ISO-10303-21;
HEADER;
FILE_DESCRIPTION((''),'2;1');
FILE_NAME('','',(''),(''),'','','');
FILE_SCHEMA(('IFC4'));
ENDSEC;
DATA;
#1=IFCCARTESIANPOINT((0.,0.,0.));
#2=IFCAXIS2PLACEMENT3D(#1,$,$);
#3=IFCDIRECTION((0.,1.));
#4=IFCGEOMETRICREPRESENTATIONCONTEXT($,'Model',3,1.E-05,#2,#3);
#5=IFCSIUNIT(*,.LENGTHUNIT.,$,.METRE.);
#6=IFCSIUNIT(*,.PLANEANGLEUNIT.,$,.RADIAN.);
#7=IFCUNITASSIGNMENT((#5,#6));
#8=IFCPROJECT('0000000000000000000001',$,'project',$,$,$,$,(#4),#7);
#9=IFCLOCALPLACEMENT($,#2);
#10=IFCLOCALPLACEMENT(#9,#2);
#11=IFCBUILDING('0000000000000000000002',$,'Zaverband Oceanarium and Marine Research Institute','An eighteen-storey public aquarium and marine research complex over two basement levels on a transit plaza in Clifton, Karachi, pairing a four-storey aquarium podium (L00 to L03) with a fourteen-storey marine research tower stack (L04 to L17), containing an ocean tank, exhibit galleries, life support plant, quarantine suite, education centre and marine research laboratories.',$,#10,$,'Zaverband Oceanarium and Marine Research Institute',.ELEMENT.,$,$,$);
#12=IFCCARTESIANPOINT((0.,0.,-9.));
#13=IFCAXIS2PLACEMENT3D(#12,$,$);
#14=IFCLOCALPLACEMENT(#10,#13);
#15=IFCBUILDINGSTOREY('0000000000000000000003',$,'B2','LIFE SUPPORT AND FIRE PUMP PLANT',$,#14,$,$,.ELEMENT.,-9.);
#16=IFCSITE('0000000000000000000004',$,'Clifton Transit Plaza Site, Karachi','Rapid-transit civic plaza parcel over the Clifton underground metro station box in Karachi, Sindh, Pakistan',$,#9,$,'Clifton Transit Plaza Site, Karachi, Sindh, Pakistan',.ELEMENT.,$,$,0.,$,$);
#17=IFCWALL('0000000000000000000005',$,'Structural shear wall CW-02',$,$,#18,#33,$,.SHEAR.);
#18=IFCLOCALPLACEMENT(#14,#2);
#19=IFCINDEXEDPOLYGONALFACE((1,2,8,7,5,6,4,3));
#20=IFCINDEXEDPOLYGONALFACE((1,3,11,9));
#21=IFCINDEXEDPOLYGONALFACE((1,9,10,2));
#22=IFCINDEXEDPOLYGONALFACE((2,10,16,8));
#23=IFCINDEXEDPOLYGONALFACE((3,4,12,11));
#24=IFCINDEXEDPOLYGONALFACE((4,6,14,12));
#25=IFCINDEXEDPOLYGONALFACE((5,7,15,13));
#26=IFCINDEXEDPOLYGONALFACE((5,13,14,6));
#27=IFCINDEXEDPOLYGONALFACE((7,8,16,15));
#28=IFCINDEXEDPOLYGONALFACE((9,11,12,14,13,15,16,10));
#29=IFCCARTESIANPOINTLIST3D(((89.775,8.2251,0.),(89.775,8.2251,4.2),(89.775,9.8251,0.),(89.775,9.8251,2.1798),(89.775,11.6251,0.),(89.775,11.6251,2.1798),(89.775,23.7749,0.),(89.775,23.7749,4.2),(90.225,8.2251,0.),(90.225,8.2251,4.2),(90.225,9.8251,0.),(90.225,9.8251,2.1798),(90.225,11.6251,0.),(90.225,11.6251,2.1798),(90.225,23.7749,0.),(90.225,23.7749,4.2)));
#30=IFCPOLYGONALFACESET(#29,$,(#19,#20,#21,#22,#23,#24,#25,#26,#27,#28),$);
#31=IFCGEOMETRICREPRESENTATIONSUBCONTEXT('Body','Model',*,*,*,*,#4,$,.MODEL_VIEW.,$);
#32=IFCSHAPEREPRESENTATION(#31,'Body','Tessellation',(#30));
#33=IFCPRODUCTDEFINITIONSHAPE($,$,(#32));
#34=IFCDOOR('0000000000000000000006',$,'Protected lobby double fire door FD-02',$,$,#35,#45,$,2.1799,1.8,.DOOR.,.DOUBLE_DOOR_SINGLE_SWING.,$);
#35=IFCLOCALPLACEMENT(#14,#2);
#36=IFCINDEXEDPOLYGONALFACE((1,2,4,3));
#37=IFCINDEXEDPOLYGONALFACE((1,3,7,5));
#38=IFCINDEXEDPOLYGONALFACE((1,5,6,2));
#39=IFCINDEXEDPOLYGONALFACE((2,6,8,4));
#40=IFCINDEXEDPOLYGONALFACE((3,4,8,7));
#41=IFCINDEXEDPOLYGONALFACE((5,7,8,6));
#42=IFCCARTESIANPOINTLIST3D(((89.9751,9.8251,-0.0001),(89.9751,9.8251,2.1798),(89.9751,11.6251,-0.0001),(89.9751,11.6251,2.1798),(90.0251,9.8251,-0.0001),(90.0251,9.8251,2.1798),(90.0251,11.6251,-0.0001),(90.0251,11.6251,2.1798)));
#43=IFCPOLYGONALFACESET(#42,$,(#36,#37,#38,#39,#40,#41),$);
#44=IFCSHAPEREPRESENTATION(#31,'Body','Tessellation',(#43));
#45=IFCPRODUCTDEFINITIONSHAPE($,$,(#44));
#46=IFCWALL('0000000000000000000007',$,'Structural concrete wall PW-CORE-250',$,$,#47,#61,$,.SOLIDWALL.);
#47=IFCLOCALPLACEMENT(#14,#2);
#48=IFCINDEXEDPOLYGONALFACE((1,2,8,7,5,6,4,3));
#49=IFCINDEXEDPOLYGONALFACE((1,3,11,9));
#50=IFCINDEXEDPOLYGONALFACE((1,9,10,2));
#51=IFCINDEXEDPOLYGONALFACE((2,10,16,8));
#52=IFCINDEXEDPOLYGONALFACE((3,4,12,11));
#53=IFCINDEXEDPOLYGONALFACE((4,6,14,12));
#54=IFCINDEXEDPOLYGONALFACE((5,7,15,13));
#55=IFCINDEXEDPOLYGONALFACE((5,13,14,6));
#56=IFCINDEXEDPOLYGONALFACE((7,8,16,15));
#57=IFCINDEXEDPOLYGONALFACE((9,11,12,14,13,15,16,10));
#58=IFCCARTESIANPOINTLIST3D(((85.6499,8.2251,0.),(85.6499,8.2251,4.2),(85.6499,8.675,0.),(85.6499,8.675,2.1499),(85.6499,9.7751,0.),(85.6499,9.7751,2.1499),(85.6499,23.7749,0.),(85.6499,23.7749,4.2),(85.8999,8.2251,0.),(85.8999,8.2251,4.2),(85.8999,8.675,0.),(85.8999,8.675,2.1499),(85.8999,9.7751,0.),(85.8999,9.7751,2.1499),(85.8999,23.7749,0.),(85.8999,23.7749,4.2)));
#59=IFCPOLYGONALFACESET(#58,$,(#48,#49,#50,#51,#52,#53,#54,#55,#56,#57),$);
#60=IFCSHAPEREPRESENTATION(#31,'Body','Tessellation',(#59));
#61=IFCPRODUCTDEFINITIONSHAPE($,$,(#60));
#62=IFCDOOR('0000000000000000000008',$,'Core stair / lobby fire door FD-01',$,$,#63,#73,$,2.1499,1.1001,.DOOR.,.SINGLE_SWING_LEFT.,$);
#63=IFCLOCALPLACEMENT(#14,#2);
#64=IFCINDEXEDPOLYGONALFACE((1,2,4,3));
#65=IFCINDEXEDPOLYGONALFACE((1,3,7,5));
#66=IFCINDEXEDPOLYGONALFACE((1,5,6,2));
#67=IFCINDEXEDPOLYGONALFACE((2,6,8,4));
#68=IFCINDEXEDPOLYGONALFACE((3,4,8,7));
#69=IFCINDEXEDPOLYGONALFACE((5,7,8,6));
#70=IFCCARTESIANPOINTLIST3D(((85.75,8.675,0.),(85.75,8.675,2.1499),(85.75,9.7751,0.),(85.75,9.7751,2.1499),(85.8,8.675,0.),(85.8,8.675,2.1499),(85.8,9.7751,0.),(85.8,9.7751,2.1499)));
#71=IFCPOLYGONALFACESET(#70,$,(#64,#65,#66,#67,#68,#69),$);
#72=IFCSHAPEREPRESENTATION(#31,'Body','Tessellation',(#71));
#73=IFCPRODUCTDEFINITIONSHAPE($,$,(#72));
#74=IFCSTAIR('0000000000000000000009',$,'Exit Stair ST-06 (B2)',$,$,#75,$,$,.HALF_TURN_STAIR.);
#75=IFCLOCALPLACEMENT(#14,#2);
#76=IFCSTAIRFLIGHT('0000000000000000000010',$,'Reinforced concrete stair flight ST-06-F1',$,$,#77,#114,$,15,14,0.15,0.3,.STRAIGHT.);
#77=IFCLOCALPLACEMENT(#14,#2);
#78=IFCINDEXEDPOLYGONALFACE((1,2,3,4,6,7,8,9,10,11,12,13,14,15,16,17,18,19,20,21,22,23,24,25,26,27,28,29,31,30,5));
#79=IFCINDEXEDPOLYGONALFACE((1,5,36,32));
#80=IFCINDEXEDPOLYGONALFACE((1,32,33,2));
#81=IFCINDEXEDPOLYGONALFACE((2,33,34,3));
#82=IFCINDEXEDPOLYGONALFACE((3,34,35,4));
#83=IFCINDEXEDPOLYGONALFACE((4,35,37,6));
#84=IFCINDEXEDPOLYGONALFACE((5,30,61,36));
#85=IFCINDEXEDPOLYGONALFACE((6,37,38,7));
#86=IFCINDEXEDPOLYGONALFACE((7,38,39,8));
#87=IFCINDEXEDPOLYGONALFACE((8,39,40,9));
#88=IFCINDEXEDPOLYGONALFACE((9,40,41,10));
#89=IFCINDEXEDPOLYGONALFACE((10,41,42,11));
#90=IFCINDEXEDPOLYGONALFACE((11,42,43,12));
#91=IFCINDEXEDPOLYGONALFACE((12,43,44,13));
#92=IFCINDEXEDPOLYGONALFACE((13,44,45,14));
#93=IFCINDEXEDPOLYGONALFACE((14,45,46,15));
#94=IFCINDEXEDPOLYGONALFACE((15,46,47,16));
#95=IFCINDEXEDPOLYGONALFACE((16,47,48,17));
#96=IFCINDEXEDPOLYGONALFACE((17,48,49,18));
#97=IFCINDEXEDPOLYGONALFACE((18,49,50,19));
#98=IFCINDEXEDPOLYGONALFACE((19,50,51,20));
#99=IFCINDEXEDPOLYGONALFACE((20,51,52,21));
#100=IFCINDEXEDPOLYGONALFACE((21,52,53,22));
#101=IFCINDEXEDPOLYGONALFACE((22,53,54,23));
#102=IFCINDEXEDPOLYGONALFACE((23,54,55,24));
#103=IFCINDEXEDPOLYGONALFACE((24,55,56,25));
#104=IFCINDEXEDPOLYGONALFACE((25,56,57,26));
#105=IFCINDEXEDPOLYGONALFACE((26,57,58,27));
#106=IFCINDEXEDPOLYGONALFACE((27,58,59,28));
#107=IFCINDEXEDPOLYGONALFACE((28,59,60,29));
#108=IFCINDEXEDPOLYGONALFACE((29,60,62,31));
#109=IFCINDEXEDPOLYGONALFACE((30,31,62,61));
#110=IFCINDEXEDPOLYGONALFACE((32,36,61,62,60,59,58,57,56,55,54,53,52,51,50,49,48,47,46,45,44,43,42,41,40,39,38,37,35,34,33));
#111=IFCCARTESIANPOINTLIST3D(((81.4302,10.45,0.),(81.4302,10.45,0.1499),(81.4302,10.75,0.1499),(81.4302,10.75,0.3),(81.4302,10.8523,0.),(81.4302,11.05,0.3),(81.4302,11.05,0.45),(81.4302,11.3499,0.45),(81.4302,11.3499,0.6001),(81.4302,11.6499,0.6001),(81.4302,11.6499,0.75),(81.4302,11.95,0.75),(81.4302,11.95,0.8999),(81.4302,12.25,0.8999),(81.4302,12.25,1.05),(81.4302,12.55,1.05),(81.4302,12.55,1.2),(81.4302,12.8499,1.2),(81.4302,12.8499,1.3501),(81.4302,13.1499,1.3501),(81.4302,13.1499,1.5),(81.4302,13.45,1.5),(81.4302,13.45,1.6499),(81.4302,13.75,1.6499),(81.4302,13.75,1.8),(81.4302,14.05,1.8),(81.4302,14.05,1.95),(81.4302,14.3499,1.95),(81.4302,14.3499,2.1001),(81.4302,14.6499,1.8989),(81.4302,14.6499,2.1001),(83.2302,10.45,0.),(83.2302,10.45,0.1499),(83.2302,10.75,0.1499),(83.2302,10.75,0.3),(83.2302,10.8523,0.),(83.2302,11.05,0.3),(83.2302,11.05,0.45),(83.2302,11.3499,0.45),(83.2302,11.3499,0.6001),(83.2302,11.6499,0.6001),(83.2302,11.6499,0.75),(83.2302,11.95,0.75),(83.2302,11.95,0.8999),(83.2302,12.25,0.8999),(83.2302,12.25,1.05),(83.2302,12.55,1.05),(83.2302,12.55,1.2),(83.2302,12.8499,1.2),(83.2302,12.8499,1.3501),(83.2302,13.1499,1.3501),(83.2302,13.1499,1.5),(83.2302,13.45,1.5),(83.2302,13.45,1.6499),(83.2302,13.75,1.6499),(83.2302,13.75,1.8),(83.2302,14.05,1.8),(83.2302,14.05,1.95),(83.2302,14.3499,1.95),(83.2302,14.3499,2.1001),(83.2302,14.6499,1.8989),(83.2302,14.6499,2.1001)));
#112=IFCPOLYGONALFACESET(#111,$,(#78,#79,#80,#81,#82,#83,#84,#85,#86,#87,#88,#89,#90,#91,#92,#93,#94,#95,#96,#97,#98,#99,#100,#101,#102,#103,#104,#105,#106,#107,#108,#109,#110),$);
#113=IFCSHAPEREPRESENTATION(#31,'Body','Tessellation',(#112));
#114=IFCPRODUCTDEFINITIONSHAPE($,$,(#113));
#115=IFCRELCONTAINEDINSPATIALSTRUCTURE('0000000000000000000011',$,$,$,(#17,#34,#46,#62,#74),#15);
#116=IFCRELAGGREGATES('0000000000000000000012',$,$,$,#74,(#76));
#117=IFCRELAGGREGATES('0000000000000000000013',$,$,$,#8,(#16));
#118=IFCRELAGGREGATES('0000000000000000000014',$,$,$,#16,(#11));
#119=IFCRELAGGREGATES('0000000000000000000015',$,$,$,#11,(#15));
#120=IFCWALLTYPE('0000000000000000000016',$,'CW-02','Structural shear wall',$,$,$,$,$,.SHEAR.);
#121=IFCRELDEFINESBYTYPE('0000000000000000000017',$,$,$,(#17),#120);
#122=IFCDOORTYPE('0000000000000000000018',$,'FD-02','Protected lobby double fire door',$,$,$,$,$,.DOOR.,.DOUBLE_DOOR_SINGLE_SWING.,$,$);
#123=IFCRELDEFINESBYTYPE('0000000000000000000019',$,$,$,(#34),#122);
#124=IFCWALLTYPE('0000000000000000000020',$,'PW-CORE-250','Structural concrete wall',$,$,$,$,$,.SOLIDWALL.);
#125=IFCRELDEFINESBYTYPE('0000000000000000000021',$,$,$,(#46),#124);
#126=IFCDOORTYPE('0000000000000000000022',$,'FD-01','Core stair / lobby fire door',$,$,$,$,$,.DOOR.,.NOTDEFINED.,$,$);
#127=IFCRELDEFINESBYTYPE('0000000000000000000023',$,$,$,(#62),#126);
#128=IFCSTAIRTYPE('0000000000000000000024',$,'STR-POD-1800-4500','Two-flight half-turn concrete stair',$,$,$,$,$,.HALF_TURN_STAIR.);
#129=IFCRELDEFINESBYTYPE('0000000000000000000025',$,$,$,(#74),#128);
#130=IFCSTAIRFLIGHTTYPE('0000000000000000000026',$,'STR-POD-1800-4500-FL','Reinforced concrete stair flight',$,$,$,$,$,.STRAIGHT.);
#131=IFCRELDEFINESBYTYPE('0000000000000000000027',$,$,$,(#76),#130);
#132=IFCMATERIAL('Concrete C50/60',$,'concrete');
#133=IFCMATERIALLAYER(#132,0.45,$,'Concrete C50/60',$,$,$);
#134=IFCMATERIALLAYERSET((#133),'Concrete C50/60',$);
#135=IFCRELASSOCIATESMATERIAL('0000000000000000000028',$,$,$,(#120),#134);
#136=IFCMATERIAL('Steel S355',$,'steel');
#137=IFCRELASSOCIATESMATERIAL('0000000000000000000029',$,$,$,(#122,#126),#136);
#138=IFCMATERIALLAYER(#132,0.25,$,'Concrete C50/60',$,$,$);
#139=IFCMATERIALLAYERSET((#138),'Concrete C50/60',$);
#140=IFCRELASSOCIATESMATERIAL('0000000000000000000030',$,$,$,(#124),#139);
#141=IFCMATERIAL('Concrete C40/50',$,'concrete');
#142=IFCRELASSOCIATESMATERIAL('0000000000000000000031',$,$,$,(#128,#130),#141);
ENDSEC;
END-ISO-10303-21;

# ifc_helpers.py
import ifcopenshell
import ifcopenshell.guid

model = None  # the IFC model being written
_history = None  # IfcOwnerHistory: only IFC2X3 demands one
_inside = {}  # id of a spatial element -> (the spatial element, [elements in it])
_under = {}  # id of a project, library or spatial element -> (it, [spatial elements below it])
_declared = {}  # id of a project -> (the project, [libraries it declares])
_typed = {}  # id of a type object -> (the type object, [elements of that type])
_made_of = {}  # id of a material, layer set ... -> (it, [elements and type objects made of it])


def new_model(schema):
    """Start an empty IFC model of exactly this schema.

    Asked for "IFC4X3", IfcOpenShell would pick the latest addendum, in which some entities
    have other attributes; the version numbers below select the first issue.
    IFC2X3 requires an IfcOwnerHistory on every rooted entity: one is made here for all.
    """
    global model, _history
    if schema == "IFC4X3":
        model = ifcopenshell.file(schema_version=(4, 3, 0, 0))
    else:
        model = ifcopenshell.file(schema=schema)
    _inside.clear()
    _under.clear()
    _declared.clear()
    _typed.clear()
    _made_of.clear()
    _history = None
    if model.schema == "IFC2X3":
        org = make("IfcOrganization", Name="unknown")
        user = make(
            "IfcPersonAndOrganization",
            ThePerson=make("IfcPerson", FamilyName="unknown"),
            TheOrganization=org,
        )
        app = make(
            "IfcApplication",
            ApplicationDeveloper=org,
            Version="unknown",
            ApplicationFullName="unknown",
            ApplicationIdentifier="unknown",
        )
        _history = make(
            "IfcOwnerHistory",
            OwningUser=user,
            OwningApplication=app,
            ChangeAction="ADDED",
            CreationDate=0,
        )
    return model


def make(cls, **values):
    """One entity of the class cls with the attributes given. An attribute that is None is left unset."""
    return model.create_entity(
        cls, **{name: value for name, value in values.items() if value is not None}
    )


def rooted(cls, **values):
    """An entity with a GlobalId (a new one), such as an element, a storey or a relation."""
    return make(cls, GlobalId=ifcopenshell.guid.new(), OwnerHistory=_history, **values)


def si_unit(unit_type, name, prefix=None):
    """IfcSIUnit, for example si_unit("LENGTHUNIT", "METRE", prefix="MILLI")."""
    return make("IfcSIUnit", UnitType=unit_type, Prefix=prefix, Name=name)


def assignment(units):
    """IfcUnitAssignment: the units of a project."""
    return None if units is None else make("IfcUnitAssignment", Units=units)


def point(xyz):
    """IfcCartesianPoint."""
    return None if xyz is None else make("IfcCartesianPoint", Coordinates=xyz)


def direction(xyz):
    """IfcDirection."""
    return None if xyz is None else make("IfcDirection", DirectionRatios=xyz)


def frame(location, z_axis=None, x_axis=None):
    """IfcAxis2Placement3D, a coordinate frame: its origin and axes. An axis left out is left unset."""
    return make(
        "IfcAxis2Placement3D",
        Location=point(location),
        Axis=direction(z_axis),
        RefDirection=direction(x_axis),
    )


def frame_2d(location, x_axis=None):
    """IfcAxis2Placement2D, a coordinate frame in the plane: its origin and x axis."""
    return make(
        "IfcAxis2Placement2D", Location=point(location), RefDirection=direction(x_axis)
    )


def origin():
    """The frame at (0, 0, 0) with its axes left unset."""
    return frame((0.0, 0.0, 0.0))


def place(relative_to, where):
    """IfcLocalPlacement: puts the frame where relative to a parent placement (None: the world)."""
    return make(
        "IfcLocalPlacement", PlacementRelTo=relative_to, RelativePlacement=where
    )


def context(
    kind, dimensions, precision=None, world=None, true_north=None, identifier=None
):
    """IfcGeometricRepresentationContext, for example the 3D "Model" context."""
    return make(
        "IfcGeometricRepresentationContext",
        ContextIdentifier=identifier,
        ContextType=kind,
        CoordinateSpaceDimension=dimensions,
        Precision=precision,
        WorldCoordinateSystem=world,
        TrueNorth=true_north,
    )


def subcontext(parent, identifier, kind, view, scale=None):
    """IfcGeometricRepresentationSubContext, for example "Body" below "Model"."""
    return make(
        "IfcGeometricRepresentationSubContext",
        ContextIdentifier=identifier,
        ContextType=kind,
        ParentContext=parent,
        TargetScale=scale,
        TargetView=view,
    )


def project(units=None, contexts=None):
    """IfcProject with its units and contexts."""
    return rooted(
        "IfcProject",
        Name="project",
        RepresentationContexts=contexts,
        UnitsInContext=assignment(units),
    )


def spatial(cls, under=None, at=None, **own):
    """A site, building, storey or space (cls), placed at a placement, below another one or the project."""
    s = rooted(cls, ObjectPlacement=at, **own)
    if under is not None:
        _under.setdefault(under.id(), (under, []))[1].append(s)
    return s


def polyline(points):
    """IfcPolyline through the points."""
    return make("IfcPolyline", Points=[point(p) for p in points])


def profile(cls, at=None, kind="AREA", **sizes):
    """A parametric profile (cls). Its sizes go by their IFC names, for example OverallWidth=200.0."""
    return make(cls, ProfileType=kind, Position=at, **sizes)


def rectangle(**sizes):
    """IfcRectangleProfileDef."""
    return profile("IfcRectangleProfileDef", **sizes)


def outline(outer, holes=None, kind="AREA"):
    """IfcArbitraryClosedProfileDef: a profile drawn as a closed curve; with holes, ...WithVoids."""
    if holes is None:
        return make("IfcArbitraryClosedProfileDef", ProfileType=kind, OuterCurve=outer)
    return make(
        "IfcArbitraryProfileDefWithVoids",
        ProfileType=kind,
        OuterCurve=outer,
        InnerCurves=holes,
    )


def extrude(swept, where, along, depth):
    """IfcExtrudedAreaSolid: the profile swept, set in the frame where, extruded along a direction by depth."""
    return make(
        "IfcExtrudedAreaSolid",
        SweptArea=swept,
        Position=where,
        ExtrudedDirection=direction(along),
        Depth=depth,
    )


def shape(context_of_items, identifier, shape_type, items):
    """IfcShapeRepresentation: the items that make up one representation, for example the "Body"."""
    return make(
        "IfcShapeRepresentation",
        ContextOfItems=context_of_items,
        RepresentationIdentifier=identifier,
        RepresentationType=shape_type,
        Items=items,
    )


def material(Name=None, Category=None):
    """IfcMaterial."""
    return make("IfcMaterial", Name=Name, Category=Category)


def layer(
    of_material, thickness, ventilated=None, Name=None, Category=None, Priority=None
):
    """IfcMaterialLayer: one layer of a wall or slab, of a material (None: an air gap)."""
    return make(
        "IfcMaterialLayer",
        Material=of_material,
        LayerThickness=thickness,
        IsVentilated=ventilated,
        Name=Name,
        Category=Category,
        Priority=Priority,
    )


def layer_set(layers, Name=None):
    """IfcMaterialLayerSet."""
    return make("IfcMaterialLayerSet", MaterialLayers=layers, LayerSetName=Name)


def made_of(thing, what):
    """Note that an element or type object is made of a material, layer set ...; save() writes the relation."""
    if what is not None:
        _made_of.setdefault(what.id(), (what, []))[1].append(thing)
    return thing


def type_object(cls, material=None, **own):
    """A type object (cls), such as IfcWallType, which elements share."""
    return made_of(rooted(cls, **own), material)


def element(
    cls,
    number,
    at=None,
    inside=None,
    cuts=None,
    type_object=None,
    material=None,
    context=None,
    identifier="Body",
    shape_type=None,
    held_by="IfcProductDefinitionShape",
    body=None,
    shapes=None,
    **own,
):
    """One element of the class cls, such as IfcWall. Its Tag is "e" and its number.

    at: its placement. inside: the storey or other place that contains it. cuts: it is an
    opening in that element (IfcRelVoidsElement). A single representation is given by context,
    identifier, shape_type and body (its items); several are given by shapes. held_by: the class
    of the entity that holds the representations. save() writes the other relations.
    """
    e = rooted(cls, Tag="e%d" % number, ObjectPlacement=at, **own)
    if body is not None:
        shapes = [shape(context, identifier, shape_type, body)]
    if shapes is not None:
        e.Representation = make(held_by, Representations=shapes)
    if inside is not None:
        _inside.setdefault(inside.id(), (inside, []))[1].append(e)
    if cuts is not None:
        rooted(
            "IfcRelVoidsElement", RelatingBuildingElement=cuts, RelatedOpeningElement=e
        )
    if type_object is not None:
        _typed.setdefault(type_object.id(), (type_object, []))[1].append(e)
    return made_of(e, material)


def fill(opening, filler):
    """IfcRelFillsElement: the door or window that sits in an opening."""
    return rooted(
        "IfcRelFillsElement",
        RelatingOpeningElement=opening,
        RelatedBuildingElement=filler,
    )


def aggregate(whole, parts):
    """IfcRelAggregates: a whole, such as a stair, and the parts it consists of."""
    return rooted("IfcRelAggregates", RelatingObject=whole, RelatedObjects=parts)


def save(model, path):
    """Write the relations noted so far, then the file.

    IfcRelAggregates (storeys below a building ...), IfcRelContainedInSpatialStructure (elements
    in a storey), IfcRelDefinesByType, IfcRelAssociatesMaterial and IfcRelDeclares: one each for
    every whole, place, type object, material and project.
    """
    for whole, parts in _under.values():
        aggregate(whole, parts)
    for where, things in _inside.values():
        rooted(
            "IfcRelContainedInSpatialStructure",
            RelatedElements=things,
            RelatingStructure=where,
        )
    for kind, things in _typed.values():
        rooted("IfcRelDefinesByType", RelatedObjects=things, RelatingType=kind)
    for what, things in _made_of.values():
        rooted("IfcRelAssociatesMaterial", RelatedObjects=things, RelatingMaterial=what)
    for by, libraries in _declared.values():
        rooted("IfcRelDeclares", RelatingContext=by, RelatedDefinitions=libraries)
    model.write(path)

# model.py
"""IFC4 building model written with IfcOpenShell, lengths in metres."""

from ifc_helpers import new_model, si_unit, direction, frame, frame_2d, origin, place, context, subcontext, project, spatial, polyline, rectangle, outline, extrude, material, layer, layer_set, type_object, element, fill, aggregate, save


model = new_model("IFC4")

# Units and contexts
model_context = context("Model", 3, precision=1e-05, world=origin(), true_north=direction((0.0, 1.0)))
body_context = subcontext(model_context, "Body", "Model", "MODEL_VIEW")
ifc_project = project(units=[si_unit("LENGTHUNIT", "METRE"), si_unit("PLANEANGLEUNIT", "RADIAN")], contexts=[model_context])

# Site, building, storey
site_placement = place(None, origin())
site = spatial("IfcSite", under=ifc_project, at=site_placement, Name="Clifton Transit Plaza Site, Karachi", Description="Rapid-transit civic plaza parcel over the Clifton underground metro station box in Karachi, Sindh, Pakistan", LongName="Clifton Transit Plaza Site, Karachi, Sindh, Pakistan", CompositionType="ELEMENT", RefElevation=0.0)
building_placement = place(site_placement, origin())
building = spatial("IfcBuilding", under=site, at=building_placement, Name="Zaverband Oceanarium and Marine Research Institute", Description="An eighteen-storey public aquarium and marine research complex over two basement levels on a transit plaza in Clifton, Karachi, pairing a four-storey aquarium podium (L00 to L03) with a fourteen-storey marine research tower stack (L04 to L17), containing an ocean tank, exhibit galleries, life support plant, quarantine suite, education centre and marine research laboratories.", LongName="Zaverband Oceanarium and Marine Research Institute", CompositionType="ELEMENT")
storey_placement = place(building_placement, frame((0.0, 0.0, -9.0)))
storey = spatial("IfcBuildingStorey", under=building, at=storey_placement, Name="B2", Description="LIFE SUPPORT AND FIRE PUMP PLANT", CompositionType="ELEMENT", Elevation=-9.0)

# Shared definitions
ifc_material_1 = material(Name="Concrete C50/60", Category="concrete")
ifc_material_2 = material(Name="Concrete C40/50", Category="concrete")

# Walls, openings, doors
ifc_layer_1 = layer(ifc_material_1, 0.45, Name="Concrete C50/60")
ifc_layer_set_1 = layer_set([ifc_layer_1], Name="Concrete C50/60")
wall_type_1 = type_object("IfcWallType", Name="CW-02", Description="Structural shear wall", PredefinedType="SHEAR", material=ifc_layer_set_1)
wall_1_placement = place(storey_placement, frame((90.0, 8.2251, 0.0), z_axis=(0.0, 0.0, 1.0), x_axis=(0.0, 1.0, 0.0)))
wall_1 = element("IfcWall", 1, at=wall_1_placement, inside=storey, type_object=wall_type_1, Name="Structural shear wall CW-02", PredefinedType="SHEAR", context=body_context, shape_type="SweptSolid", body=[
    extrude(rectangle(XDim=15.5498, YDim=0.45, at=frame_2d((7.7749, 0.0))), origin(), (0.0, 0.0, 1.0), 4.2),
])
opening_1_placement = place(wall_1_placement, frame((1.6001, 0.0, 0.0)))
opening_1 = element("IfcOpeningElement", 2, at=opening_1_placement, cuts=wall_1, PredefinedType="OPENING", context=body_context, shape_type="SweptSolid", body=[
    extrude(rectangle(XDim=1.8, YDim=2.1799, at=frame_2d((0.8999, 1.0898))), frame((0.0, 0.2368, 0.0), z_axis=(0.0, -1.0, 0.0), x_axis=(1.0, 0.0, 0.0)), (0.0, 0.0, 1.0), 0.4739),
])
ifc_material_3 = material(Name="Steel S355", Category="steel")
door_type_1 = type_object("IfcDoorType", Name="FD-02", Description="Protected lobby double fire door", OperationType="DOUBLE_DOOR_SINGLE_SWING", PredefinedType="DOOR", material=ifc_material_3)
door_1_placement = place(opening_1_placement, origin())
door_1 = element("IfcDoor", 3, at=door_1_placement, inside=storey, type_object=door_type_1, Name="Protected lobby double fire door FD-02", OperationType="DOUBLE_DOOR_SINGLE_SWING", OverallHeight=2.1799, OverallWidth=1.8, PredefinedType="DOOR", context=body_context, shape_type="SweptSolid", body=[
    extrude(rectangle(XDim=1.8, YDim=2.1799, at=frame_2d((0.8999, 1.0898))), frame((0.0, 0.0249, 0.0), z_axis=(0.0, -1.0, 0.0), x_axis=(1.0, 0.0, 0.0)), (0.0, 0.0, 1.0), 0.05),
])
fill(opening_1, door_1)
ifc_layer_2 = layer(ifc_material_1, 0.25, Name="Concrete C50/60")
ifc_layer_set_2 = layer_set([ifc_layer_2], Name="Concrete C50/60")
wall_type_2 = type_object("IfcWallType", Name="PW-CORE-250", Description="Structural concrete wall", PredefinedType="SOLIDWALL", material=ifc_layer_set_2)
wall_2_placement = place(storey_placement, frame((85.7749, 8.2251, 0.0), z_axis=(0.0, 0.0, 1.0), x_axis=(0.0, 1.0, 0.0)))
wall_2 = element("IfcWall", 4, at=wall_2_placement, inside=storey, type_object=wall_type_2, Name="Structural concrete wall PW-CORE-250", PredefinedType="SOLIDWALL", context=body_context, shape_type="SweptSolid", body=[
    extrude(rectangle(XDim=15.5498, YDim=0.25, at=frame_2d((7.7749, 0.0))), origin(), (0.0, 0.0, 1.0), 4.2),
])
opening_2_placement = place(wall_2_placement, frame((0.45, 0.0, 0.0)))
opening_2 = element("IfcOpeningElement", 5, at=opening_2_placement, cuts=wall_2, PredefinedType="OPENING", context=body_context, shape_type="SweptSolid", body=[
    extrude(rectangle(XDim=1.1001, YDim=2.1499, at=frame_2d((0.55, 1.075))), frame((0.0, 0.137, 0.0), z_axis=(0.0, -1.0, 0.0), x_axis=(1.0, 0.0, 0.0)), (0.0, 0.0, 1.0), 0.2739),
])
door_type_2 = type_object("IfcDoorType", Name="FD-01", Description="Core stair / lobby fire door", OperationType="NOTDEFINED", PredefinedType="DOOR", material=ifc_material_3)
door_2_placement = place(opening_2_placement, origin())
door_2 = element("IfcDoor", 6, at=door_2_placement, inside=storey, type_object=door_type_2, Name="Core stair / lobby fire door FD-01", OperationType="SINGLE_SWING_LEFT", OverallHeight=2.1499, OverallWidth=1.1001, PredefinedType="DOOR", context=body_context, shape_type="SweptSolid", body=[
    extrude(rectangle(XDim=1.1001, YDim=2.1499, at=frame_2d((0.55, 1.075))), frame((0.0, 0.0249, 0.0), z_axis=(0.0, -1.0, 0.0), x_axis=(1.0, 0.0, 0.0)), (0.0, 0.0, 1.0), 0.05),
])
fill(opening_2, door_2)

# Stair, stair flight
stair_type = type_object("IfcStairType", Name="STR-POD-1800-4500", Description="Two-flight half-turn concrete stair", PredefinedType="HALF_TURN_STAIR", material=ifc_material_2)
stair_placement = place(storey_placement, origin())
stair = element("IfcStair", 7, at=stair_placement, inside=storey, type_object=stair_type, Name="Exit Stair ST-06 (B2)", PredefinedType="HALF_TURN_STAIR")
stair_flight_type = type_object("IfcStairFlightType", Name="STR-POD-1800-4500-FL", Description="Reinforced concrete stair flight", PredefinedType="STRAIGHT", material=ifc_material_2)
stair_flight_placement = place(storey_placement, frame((82.3301, 10.45, 0.0), z_axis=(0.0, 0.0, 1.0), x_axis=(0.0, 1.0, 0.0)))
stair_flight = element("IfcStairFlight", 8, at=stair_flight_placement, type_object=stair_flight_type, Name="Reinforced concrete stair flight ST-06-F1", NumberOfRisers=15, NumberOfTreads=14, PredefinedType="STRAIGHT", RiserHeight=0.15, TreadLength=0.3, context=body_context, shape_type="SweptSolid", body=[
    extrude(outline(polyline([(0.0, 0.0), (0.0, 0.1499), (0.3, 0.1499), (0.3, 0.3), (0.6001, 0.3), (0.6001, 0.45), (0.8999, 0.45), (0.8999, 0.6001), (1.2, 0.6001), (1.2, 0.75), (1.5, 0.75), (1.5, 0.8999), (1.8, 0.8999), (1.8, 1.05), (2.1001, 1.05), (2.1001, 1.2), (2.3999, 1.2), (2.3999, 1.3501), (2.7, 1.3501), (2.7, 1.5), (3.0, 1.5), (3.0, 1.6499), (3.3, 1.6499), (3.3, 1.8), (3.6001, 1.8), (3.6001, 1.95), (3.8999, 1.95), (3.8999, 2.1001), (4.2, 2.1001), (4.2, 2.25), (4.2, 1.8989), (0.4023, 0.0), (0.0, 0.0)])), frame((0.0, 0.8999, 0.0), z_axis=(0.0, -1.0, 0.0), x_axis=(1.0, 0.0, 0.0)), (0.0, 0.0, 1.0), 1.8),
])
aggregate(stair, [stair_flight])

save(model, "model.ifc")
